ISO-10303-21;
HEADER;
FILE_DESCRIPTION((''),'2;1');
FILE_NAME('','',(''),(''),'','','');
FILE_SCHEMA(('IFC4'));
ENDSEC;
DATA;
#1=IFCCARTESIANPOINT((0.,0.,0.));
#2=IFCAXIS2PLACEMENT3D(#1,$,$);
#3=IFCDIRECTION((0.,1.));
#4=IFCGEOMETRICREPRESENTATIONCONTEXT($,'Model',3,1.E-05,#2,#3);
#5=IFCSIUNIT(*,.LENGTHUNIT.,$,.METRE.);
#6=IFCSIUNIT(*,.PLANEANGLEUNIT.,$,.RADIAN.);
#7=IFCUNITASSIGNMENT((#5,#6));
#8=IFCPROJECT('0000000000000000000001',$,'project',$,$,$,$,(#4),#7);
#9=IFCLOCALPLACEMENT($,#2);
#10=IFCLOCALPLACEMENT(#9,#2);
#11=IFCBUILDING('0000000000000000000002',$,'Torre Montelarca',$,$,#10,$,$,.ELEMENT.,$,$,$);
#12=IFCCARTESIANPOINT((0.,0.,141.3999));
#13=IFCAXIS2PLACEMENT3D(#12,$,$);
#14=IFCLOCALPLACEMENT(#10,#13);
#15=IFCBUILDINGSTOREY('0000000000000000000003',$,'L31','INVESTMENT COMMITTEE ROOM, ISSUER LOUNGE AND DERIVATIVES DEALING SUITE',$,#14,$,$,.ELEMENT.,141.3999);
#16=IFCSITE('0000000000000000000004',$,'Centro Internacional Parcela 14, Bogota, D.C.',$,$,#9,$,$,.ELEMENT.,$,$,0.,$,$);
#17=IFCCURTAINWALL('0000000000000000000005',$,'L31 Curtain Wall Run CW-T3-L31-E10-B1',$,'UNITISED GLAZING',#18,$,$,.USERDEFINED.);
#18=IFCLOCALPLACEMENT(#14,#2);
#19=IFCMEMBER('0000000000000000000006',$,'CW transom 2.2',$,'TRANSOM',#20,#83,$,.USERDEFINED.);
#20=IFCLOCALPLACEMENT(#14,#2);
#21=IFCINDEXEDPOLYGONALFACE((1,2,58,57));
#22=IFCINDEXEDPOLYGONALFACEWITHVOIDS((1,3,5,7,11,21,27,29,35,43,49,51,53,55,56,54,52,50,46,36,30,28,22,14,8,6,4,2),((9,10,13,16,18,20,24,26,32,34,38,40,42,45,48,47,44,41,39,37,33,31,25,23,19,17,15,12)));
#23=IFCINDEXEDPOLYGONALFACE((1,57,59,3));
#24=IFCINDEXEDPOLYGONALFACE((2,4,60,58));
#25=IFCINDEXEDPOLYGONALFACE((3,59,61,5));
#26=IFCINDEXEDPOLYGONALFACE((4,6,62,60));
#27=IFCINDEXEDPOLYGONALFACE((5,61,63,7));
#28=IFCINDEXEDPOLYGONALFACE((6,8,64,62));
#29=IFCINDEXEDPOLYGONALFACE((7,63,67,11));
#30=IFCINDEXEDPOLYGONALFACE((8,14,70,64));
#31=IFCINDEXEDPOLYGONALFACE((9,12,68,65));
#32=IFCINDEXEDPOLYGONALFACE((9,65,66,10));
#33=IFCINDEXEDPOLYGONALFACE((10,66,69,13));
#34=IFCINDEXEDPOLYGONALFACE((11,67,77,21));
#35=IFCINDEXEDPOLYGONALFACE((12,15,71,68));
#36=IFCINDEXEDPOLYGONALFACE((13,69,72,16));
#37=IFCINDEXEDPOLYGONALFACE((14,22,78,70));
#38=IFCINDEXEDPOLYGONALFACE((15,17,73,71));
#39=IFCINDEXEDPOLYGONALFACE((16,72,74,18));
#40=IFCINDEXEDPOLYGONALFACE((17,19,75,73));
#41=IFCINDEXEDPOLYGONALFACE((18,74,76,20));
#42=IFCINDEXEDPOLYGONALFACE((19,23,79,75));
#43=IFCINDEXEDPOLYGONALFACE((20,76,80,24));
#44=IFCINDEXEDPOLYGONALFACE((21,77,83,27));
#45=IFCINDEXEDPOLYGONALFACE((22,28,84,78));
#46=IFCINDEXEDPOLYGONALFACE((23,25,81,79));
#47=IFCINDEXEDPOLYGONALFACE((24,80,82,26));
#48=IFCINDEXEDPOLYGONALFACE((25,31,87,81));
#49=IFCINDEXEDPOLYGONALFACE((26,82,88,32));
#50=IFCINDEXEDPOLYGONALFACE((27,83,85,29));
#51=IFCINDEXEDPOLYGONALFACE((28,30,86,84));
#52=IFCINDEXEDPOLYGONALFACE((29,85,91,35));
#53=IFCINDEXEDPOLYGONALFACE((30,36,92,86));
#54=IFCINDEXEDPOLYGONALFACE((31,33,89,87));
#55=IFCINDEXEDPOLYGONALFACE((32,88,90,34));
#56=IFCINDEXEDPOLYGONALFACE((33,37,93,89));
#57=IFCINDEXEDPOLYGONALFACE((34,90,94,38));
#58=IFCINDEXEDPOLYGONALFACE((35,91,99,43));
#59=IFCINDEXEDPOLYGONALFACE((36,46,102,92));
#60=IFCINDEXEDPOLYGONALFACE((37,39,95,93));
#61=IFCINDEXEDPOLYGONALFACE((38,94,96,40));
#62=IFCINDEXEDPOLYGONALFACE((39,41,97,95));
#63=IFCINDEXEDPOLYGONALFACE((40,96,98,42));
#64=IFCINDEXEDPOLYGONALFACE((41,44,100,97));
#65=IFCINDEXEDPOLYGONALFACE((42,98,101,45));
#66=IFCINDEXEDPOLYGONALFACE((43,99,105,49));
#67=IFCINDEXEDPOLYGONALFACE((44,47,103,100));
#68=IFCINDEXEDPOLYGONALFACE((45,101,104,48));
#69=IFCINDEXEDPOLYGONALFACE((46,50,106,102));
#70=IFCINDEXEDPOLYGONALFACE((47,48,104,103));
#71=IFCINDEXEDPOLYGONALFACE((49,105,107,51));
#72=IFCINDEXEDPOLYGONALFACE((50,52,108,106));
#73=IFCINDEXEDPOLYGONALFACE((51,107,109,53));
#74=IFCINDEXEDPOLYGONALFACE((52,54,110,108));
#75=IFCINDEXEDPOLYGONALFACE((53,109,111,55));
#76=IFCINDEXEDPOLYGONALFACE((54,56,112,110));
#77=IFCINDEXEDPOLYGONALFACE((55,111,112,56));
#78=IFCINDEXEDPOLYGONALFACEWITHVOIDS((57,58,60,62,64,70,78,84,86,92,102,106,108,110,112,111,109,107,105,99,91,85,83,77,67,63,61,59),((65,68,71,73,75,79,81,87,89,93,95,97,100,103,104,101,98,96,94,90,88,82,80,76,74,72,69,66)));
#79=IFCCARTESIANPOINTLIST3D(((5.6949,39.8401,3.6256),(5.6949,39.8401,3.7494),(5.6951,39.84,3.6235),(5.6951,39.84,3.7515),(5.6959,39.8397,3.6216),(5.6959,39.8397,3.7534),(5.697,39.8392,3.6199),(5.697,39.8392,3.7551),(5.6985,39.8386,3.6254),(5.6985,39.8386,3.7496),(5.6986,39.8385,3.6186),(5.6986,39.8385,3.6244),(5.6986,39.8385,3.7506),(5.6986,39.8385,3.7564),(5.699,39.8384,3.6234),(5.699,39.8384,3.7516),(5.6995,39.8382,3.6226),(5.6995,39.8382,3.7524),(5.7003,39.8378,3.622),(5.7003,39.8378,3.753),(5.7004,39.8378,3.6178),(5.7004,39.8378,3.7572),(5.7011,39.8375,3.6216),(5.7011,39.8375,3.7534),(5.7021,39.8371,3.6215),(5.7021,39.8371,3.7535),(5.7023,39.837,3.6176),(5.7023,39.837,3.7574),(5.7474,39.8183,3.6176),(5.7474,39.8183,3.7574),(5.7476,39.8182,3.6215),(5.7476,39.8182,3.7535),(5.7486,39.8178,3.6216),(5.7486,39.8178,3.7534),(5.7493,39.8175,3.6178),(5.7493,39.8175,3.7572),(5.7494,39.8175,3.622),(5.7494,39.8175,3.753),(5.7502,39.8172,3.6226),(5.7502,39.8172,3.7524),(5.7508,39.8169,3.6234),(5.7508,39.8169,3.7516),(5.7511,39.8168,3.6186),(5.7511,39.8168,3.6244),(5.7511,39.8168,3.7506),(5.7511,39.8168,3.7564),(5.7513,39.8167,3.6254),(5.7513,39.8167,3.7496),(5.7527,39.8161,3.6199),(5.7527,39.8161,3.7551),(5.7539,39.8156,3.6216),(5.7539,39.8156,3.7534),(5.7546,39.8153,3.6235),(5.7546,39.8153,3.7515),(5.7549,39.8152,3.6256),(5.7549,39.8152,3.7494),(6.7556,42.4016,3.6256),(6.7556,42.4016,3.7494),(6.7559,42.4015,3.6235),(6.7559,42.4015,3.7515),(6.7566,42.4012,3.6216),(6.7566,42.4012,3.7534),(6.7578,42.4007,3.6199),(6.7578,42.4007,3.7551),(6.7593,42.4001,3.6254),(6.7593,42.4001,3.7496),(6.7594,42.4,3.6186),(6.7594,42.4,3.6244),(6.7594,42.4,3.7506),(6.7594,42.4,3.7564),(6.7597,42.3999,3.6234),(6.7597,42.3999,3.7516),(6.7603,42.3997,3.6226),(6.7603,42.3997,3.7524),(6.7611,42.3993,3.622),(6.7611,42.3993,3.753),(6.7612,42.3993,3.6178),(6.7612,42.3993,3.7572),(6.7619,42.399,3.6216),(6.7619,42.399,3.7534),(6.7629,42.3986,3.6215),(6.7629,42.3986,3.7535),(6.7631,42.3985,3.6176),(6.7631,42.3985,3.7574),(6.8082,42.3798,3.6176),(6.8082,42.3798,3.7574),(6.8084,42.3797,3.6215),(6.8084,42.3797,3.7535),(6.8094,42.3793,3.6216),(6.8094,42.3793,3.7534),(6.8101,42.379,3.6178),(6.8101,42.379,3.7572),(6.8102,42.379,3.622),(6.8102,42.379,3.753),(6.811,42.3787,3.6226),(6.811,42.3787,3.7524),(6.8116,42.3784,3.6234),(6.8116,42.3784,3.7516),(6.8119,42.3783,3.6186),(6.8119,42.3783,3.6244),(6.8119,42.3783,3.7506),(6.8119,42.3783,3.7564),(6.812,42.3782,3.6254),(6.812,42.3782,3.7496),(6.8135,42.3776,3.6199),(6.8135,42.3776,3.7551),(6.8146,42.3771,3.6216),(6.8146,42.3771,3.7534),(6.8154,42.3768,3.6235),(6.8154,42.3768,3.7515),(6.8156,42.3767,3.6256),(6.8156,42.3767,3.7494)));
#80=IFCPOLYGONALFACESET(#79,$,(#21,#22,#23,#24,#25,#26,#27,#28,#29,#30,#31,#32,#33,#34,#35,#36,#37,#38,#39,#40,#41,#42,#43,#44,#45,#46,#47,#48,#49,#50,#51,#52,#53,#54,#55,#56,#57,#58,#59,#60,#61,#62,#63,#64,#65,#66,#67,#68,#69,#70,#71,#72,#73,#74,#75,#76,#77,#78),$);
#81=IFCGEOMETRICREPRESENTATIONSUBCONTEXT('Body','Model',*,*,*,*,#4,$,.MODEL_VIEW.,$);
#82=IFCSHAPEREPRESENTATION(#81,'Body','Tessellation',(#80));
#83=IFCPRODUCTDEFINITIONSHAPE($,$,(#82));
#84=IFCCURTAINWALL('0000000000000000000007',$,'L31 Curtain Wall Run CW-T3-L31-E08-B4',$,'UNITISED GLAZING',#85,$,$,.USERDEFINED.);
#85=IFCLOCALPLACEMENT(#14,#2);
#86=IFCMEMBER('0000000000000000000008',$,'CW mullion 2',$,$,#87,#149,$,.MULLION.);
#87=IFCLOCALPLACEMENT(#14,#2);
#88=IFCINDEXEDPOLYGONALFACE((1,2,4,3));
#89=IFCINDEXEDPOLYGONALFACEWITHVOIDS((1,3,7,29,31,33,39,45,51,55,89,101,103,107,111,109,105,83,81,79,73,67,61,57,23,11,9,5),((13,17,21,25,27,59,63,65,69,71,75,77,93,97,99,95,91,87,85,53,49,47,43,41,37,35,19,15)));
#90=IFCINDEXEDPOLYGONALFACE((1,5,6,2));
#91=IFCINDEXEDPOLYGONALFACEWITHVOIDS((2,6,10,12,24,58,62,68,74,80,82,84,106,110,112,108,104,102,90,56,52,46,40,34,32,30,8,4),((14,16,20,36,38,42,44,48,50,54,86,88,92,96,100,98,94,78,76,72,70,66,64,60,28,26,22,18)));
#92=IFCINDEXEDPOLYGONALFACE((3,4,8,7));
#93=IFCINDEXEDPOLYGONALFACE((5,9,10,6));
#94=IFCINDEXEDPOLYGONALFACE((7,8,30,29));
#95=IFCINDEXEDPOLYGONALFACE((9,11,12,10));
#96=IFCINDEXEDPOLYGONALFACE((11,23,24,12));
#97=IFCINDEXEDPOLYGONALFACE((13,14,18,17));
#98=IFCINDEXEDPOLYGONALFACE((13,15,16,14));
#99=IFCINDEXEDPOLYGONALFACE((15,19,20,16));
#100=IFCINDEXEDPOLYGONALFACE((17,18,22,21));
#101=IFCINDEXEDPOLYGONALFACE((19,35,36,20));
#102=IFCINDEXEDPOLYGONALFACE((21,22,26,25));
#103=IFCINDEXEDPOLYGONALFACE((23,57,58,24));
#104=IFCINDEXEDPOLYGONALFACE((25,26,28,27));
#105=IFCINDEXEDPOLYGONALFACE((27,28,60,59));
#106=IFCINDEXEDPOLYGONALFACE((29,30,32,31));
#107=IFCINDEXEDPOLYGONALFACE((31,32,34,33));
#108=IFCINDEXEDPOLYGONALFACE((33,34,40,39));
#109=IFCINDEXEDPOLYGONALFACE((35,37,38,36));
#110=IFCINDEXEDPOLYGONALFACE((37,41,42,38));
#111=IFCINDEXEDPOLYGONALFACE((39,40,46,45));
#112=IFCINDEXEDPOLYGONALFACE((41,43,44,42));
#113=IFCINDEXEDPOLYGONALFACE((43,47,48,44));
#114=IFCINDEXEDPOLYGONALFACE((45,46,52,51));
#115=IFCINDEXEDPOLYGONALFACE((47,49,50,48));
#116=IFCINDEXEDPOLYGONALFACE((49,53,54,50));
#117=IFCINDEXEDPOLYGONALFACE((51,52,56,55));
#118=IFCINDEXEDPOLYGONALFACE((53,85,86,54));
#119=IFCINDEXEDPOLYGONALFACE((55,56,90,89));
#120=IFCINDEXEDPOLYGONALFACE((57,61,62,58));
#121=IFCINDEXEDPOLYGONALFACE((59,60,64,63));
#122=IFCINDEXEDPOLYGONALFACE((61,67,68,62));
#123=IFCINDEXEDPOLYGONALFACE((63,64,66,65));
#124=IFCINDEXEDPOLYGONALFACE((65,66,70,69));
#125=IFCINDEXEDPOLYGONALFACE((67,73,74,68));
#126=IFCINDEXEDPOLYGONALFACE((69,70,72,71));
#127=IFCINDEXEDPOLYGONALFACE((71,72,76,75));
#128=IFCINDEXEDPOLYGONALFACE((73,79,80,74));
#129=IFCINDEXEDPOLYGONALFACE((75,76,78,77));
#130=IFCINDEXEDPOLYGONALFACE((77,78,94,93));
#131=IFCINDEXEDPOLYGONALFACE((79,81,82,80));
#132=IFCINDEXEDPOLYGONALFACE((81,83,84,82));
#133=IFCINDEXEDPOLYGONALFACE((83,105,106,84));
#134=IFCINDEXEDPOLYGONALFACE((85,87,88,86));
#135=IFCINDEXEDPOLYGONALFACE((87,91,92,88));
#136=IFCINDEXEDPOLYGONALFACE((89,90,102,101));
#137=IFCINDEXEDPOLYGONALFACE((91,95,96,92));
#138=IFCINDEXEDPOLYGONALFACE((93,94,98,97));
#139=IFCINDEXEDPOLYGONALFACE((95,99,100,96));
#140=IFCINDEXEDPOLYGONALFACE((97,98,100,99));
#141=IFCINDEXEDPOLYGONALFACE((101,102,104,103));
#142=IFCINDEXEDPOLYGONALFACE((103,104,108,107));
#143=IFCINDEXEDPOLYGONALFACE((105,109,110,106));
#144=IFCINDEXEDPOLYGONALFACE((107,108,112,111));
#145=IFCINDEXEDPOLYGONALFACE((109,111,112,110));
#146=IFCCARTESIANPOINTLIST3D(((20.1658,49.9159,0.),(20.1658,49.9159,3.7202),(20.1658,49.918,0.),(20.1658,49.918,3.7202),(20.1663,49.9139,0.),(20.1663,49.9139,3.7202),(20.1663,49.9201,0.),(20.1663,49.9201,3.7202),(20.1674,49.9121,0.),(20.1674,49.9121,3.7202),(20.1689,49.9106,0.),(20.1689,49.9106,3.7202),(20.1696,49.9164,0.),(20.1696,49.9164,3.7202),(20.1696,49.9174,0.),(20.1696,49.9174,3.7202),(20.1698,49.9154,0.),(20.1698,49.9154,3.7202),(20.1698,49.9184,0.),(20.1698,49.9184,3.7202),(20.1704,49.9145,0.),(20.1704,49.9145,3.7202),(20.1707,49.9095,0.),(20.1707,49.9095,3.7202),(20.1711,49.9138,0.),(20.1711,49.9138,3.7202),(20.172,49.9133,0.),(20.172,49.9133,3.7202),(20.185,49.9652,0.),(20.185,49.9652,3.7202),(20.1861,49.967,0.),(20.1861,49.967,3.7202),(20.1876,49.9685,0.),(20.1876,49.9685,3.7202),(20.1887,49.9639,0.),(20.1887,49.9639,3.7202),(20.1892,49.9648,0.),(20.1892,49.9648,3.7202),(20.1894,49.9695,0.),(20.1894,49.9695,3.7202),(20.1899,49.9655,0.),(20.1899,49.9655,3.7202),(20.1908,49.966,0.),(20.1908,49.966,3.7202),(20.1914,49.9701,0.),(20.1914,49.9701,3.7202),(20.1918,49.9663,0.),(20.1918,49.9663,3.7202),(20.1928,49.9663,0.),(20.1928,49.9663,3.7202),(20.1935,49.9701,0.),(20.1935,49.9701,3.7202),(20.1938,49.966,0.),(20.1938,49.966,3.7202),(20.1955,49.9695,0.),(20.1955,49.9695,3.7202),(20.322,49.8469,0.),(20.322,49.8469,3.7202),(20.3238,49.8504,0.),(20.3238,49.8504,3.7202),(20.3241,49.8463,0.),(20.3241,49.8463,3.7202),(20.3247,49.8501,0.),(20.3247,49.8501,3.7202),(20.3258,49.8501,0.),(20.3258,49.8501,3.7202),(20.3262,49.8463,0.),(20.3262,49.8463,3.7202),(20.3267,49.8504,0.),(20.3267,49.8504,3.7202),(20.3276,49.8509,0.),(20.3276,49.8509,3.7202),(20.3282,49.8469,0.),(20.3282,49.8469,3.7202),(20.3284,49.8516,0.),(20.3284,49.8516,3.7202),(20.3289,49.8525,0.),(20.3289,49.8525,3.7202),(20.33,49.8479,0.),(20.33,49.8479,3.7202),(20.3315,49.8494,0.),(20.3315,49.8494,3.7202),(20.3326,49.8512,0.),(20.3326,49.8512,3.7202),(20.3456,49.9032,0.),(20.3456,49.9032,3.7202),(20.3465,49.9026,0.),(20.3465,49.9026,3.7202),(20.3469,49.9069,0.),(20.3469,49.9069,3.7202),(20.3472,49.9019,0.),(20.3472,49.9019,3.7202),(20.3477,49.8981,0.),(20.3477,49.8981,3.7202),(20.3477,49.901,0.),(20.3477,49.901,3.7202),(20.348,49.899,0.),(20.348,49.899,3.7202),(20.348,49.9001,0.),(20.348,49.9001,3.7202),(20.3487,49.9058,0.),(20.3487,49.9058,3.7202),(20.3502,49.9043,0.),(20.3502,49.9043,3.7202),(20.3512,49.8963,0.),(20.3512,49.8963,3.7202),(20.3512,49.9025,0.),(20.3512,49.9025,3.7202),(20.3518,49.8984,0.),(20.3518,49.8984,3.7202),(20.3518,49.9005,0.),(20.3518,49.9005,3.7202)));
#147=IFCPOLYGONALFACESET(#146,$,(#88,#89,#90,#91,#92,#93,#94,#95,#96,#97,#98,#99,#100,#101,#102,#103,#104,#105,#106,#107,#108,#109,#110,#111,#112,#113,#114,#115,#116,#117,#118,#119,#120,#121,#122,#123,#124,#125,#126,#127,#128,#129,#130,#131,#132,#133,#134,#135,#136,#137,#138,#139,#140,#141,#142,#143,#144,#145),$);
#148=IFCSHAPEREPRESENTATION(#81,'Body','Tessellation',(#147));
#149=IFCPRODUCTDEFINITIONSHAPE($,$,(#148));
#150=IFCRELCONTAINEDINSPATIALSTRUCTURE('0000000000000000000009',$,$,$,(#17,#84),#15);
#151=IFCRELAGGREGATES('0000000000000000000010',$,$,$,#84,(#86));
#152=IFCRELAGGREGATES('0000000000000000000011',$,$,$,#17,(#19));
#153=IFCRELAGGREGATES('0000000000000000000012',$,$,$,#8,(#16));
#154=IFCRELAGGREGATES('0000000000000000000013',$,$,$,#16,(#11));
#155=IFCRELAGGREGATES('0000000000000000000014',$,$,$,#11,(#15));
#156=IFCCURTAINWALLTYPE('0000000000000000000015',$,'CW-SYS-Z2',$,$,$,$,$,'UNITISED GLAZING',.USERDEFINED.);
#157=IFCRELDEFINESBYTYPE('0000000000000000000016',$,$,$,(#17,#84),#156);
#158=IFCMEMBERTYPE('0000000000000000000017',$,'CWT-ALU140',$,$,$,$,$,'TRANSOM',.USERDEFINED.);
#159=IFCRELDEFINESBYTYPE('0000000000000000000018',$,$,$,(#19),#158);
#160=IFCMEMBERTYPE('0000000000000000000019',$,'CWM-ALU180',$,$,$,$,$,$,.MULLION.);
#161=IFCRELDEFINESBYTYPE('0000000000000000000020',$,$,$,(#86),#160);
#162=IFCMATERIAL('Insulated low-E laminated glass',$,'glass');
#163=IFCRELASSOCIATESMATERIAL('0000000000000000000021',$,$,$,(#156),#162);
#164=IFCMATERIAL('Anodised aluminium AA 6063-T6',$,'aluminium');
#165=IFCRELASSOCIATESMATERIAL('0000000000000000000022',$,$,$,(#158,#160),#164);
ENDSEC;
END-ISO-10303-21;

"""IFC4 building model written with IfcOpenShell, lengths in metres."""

from ifc_helpers import new_model, si_unit, direction, frame, origin, origin_2d, place, context, subcontext, project, spatial, hollow_rectangle, extrude, source, transform, mapped, material, material_profile, profile_set, type_object, element, aggregate, save


model = new_model("IFC4")

# Units and contexts
model_context = context("Model", 3, precision=1e-05, world=origin(), true_north=direction((0.0, 1.0)))
body_context = subcontext(model_context, "Body", "Model", "MODEL_VIEW")
ifc_project = project(units=[si_unit("LENGTHUNIT", "METRE"), si_unit("PLANEANGLEUNIT", "RADIAN")], contexts=[model_context])

# Site, building, storey
site_placement = place(None, origin())
site = spatial("IfcSite", under=ifc_project, at=site_placement, Name="Centro Internacional Parcela 14, Bogota, D.C.", CompositionType="ELEMENT", RefElevation=0.0)
building_placement = place(site_placement, origin())
building = spatial("IfcBuilding", under=site, at=building_placement, Name="Torre Montelarca", CompositionType="ELEMENT")
storey_placement = place(building_placement, frame((0.0, 0.0, 141.3999)))
storey = spatial("IfcBuildingStorey", under=building, at=storey_placement, Name="L31", Description="INVESTMENT COMMITTEE ROOM, ISSUER LOUNGE AND DERIVATIVES DEALING SUITE", CompositionType="ELEMENT", Elevation=141.3999)

# Curtain walls, members
ifc_material_1 = material(Name="Insulated low-E laminated glass", Category="glass")
curtain_wall_type = type_object("IfcCurtainWallType", Name="CW-SYS-Z2", ElementType="UNITISED GLAZING", PredefinedType="USERDEFINED", material=ifc_material_1)
ifc_material_2 = material(Name="Anodised aluminium AA 6063-T6", Category="aluminium")
ifc_material_profile_1 = material_profile(ifc_material_2, hollow_rectangle(XDim=0.0649, YDim=0.1399, WallThickness=0.0039, InnerFilletRadius=0.0039, OuterFilletRadius=0.0081, at=origin_2d()), Name="ALU65X140X4", Category="aluminium")
ifc_profile_set_1 = profile_set([ifc_material_profile_1], Name="Anodised aluminium AA 6063-T6")
member_type_1 = type_object("IfcMemberType", Name="CWT-ALU140", ElementType="TRANSOM", PredefinedType="USERDEFINED", material=ifc_profile_set_1)
curtain_wall_1_placement = place(storey_placement, origin())
curtain_wall_1 = element("IfcCurtainWall", 1, at=curtain_wall_1_placement, inside=storey, type_object=curtain_wall_type, Name="L31 Curtain Wall Run CW-T3-L31-E10-B1", ObjectType="UNITISED GLAZING", PredefinedType="USERDEFINED")
shared_shape_1 = source(origin(), body_context, "Body", "SweptSolid", [
    extrude(hollow_rectangle(XDim=0.0649, YDim=0.1399, WallThickness=0.0039, InnerFilletRadius=0.0039, OuterFilletRadius=0.0081, at=origin_2d()), origin(), (0.0, 0.0, 1.0), 2.7725),
])
member_1_placement = place(storey_placement, frame((6.7856, 42.3892, 3.6875), z_axis=(-0.382614, -0.923908, 0.0), x_axis=(0.923908, -0.382614, 0.0)))
member_1 = element("IfcMember", 2, at=member_1_placement, type_object=member_type_1, Name="CW transom 2.2", ObjectType="TRANSOM", PredefinedType="USERDEFINED", context=body_context, shape_type="MappedRepresentation", body=[
    mapped(shared_shape_1, transform((0.0, 0.0, 0.0), scale=1.0)),
])
curtain_wall_2_placement = place(storey_placement, origin())
curtain_wall_2 = element("IfcCurtainWall", 3, at=curtain_wall_2_placement, inside=storey, type_object=curtain_wall_type, Name="L31 Curtain Wall Run CW-T3-L31-E08-B4", ObjectType="UNITISED GLAZING", PredefinedType="USERDEFINED")
ifc_material_profile_2 = material_profile(ifc_material_2, hollow_rectangle(XDim=0.0649, YDim=0.1799, WallThickness=0.0039, InnerFilletRadius=0.0039, OuterFilletRadius=0.0081, at=origin_2d()), Name="ALU65X180X4", Category="aluminium")
ifc_profile_set_2 = profile_set([ifc_material_profile_2], Name="Anodised aluminium AA 6063-T6")
member_type_2 = type_object("IfcMemberType", Name="CWM-ALU180", PredefinedType="MULLION", material=ifc_profile_set_2)
shared_shape_2 = source(origin(), body_context, "Body", "SweptSolid", [
    extrude(hollow_rectangle(XDim=0.0649, YDim=0.1799, WallThickness=0.0039, InnerFilletRadius=0.0039, OuterFilletRadius=0.0081, at=origin_2d()), origin(), (0.0, 0.0, 1.0), 3.7202),
])
member_2_placement = place(storey_placement, frame((20.2588, 49.9082, 0.0), z_axis=(0.0, 0.0, 1.0), x_axis=(-0.382686, -0.923878, 0.0)))
member_2 = element("IfcMember", 4, at=member_2_placement, type_object=member_type_2, Name="CW mullion 2", PredefinedType="MULLION", context=body_context, shape_type="MappedRepresentation", body=[
    mapped(shared_shape_2, transform((0.0, 0.0, 0.0), scale=1.0)),
])

aggregate(curtain_wall_2, [member_2])
aggregate(curtain_wall_1, [member_1])

save(model, "model.ifc")
